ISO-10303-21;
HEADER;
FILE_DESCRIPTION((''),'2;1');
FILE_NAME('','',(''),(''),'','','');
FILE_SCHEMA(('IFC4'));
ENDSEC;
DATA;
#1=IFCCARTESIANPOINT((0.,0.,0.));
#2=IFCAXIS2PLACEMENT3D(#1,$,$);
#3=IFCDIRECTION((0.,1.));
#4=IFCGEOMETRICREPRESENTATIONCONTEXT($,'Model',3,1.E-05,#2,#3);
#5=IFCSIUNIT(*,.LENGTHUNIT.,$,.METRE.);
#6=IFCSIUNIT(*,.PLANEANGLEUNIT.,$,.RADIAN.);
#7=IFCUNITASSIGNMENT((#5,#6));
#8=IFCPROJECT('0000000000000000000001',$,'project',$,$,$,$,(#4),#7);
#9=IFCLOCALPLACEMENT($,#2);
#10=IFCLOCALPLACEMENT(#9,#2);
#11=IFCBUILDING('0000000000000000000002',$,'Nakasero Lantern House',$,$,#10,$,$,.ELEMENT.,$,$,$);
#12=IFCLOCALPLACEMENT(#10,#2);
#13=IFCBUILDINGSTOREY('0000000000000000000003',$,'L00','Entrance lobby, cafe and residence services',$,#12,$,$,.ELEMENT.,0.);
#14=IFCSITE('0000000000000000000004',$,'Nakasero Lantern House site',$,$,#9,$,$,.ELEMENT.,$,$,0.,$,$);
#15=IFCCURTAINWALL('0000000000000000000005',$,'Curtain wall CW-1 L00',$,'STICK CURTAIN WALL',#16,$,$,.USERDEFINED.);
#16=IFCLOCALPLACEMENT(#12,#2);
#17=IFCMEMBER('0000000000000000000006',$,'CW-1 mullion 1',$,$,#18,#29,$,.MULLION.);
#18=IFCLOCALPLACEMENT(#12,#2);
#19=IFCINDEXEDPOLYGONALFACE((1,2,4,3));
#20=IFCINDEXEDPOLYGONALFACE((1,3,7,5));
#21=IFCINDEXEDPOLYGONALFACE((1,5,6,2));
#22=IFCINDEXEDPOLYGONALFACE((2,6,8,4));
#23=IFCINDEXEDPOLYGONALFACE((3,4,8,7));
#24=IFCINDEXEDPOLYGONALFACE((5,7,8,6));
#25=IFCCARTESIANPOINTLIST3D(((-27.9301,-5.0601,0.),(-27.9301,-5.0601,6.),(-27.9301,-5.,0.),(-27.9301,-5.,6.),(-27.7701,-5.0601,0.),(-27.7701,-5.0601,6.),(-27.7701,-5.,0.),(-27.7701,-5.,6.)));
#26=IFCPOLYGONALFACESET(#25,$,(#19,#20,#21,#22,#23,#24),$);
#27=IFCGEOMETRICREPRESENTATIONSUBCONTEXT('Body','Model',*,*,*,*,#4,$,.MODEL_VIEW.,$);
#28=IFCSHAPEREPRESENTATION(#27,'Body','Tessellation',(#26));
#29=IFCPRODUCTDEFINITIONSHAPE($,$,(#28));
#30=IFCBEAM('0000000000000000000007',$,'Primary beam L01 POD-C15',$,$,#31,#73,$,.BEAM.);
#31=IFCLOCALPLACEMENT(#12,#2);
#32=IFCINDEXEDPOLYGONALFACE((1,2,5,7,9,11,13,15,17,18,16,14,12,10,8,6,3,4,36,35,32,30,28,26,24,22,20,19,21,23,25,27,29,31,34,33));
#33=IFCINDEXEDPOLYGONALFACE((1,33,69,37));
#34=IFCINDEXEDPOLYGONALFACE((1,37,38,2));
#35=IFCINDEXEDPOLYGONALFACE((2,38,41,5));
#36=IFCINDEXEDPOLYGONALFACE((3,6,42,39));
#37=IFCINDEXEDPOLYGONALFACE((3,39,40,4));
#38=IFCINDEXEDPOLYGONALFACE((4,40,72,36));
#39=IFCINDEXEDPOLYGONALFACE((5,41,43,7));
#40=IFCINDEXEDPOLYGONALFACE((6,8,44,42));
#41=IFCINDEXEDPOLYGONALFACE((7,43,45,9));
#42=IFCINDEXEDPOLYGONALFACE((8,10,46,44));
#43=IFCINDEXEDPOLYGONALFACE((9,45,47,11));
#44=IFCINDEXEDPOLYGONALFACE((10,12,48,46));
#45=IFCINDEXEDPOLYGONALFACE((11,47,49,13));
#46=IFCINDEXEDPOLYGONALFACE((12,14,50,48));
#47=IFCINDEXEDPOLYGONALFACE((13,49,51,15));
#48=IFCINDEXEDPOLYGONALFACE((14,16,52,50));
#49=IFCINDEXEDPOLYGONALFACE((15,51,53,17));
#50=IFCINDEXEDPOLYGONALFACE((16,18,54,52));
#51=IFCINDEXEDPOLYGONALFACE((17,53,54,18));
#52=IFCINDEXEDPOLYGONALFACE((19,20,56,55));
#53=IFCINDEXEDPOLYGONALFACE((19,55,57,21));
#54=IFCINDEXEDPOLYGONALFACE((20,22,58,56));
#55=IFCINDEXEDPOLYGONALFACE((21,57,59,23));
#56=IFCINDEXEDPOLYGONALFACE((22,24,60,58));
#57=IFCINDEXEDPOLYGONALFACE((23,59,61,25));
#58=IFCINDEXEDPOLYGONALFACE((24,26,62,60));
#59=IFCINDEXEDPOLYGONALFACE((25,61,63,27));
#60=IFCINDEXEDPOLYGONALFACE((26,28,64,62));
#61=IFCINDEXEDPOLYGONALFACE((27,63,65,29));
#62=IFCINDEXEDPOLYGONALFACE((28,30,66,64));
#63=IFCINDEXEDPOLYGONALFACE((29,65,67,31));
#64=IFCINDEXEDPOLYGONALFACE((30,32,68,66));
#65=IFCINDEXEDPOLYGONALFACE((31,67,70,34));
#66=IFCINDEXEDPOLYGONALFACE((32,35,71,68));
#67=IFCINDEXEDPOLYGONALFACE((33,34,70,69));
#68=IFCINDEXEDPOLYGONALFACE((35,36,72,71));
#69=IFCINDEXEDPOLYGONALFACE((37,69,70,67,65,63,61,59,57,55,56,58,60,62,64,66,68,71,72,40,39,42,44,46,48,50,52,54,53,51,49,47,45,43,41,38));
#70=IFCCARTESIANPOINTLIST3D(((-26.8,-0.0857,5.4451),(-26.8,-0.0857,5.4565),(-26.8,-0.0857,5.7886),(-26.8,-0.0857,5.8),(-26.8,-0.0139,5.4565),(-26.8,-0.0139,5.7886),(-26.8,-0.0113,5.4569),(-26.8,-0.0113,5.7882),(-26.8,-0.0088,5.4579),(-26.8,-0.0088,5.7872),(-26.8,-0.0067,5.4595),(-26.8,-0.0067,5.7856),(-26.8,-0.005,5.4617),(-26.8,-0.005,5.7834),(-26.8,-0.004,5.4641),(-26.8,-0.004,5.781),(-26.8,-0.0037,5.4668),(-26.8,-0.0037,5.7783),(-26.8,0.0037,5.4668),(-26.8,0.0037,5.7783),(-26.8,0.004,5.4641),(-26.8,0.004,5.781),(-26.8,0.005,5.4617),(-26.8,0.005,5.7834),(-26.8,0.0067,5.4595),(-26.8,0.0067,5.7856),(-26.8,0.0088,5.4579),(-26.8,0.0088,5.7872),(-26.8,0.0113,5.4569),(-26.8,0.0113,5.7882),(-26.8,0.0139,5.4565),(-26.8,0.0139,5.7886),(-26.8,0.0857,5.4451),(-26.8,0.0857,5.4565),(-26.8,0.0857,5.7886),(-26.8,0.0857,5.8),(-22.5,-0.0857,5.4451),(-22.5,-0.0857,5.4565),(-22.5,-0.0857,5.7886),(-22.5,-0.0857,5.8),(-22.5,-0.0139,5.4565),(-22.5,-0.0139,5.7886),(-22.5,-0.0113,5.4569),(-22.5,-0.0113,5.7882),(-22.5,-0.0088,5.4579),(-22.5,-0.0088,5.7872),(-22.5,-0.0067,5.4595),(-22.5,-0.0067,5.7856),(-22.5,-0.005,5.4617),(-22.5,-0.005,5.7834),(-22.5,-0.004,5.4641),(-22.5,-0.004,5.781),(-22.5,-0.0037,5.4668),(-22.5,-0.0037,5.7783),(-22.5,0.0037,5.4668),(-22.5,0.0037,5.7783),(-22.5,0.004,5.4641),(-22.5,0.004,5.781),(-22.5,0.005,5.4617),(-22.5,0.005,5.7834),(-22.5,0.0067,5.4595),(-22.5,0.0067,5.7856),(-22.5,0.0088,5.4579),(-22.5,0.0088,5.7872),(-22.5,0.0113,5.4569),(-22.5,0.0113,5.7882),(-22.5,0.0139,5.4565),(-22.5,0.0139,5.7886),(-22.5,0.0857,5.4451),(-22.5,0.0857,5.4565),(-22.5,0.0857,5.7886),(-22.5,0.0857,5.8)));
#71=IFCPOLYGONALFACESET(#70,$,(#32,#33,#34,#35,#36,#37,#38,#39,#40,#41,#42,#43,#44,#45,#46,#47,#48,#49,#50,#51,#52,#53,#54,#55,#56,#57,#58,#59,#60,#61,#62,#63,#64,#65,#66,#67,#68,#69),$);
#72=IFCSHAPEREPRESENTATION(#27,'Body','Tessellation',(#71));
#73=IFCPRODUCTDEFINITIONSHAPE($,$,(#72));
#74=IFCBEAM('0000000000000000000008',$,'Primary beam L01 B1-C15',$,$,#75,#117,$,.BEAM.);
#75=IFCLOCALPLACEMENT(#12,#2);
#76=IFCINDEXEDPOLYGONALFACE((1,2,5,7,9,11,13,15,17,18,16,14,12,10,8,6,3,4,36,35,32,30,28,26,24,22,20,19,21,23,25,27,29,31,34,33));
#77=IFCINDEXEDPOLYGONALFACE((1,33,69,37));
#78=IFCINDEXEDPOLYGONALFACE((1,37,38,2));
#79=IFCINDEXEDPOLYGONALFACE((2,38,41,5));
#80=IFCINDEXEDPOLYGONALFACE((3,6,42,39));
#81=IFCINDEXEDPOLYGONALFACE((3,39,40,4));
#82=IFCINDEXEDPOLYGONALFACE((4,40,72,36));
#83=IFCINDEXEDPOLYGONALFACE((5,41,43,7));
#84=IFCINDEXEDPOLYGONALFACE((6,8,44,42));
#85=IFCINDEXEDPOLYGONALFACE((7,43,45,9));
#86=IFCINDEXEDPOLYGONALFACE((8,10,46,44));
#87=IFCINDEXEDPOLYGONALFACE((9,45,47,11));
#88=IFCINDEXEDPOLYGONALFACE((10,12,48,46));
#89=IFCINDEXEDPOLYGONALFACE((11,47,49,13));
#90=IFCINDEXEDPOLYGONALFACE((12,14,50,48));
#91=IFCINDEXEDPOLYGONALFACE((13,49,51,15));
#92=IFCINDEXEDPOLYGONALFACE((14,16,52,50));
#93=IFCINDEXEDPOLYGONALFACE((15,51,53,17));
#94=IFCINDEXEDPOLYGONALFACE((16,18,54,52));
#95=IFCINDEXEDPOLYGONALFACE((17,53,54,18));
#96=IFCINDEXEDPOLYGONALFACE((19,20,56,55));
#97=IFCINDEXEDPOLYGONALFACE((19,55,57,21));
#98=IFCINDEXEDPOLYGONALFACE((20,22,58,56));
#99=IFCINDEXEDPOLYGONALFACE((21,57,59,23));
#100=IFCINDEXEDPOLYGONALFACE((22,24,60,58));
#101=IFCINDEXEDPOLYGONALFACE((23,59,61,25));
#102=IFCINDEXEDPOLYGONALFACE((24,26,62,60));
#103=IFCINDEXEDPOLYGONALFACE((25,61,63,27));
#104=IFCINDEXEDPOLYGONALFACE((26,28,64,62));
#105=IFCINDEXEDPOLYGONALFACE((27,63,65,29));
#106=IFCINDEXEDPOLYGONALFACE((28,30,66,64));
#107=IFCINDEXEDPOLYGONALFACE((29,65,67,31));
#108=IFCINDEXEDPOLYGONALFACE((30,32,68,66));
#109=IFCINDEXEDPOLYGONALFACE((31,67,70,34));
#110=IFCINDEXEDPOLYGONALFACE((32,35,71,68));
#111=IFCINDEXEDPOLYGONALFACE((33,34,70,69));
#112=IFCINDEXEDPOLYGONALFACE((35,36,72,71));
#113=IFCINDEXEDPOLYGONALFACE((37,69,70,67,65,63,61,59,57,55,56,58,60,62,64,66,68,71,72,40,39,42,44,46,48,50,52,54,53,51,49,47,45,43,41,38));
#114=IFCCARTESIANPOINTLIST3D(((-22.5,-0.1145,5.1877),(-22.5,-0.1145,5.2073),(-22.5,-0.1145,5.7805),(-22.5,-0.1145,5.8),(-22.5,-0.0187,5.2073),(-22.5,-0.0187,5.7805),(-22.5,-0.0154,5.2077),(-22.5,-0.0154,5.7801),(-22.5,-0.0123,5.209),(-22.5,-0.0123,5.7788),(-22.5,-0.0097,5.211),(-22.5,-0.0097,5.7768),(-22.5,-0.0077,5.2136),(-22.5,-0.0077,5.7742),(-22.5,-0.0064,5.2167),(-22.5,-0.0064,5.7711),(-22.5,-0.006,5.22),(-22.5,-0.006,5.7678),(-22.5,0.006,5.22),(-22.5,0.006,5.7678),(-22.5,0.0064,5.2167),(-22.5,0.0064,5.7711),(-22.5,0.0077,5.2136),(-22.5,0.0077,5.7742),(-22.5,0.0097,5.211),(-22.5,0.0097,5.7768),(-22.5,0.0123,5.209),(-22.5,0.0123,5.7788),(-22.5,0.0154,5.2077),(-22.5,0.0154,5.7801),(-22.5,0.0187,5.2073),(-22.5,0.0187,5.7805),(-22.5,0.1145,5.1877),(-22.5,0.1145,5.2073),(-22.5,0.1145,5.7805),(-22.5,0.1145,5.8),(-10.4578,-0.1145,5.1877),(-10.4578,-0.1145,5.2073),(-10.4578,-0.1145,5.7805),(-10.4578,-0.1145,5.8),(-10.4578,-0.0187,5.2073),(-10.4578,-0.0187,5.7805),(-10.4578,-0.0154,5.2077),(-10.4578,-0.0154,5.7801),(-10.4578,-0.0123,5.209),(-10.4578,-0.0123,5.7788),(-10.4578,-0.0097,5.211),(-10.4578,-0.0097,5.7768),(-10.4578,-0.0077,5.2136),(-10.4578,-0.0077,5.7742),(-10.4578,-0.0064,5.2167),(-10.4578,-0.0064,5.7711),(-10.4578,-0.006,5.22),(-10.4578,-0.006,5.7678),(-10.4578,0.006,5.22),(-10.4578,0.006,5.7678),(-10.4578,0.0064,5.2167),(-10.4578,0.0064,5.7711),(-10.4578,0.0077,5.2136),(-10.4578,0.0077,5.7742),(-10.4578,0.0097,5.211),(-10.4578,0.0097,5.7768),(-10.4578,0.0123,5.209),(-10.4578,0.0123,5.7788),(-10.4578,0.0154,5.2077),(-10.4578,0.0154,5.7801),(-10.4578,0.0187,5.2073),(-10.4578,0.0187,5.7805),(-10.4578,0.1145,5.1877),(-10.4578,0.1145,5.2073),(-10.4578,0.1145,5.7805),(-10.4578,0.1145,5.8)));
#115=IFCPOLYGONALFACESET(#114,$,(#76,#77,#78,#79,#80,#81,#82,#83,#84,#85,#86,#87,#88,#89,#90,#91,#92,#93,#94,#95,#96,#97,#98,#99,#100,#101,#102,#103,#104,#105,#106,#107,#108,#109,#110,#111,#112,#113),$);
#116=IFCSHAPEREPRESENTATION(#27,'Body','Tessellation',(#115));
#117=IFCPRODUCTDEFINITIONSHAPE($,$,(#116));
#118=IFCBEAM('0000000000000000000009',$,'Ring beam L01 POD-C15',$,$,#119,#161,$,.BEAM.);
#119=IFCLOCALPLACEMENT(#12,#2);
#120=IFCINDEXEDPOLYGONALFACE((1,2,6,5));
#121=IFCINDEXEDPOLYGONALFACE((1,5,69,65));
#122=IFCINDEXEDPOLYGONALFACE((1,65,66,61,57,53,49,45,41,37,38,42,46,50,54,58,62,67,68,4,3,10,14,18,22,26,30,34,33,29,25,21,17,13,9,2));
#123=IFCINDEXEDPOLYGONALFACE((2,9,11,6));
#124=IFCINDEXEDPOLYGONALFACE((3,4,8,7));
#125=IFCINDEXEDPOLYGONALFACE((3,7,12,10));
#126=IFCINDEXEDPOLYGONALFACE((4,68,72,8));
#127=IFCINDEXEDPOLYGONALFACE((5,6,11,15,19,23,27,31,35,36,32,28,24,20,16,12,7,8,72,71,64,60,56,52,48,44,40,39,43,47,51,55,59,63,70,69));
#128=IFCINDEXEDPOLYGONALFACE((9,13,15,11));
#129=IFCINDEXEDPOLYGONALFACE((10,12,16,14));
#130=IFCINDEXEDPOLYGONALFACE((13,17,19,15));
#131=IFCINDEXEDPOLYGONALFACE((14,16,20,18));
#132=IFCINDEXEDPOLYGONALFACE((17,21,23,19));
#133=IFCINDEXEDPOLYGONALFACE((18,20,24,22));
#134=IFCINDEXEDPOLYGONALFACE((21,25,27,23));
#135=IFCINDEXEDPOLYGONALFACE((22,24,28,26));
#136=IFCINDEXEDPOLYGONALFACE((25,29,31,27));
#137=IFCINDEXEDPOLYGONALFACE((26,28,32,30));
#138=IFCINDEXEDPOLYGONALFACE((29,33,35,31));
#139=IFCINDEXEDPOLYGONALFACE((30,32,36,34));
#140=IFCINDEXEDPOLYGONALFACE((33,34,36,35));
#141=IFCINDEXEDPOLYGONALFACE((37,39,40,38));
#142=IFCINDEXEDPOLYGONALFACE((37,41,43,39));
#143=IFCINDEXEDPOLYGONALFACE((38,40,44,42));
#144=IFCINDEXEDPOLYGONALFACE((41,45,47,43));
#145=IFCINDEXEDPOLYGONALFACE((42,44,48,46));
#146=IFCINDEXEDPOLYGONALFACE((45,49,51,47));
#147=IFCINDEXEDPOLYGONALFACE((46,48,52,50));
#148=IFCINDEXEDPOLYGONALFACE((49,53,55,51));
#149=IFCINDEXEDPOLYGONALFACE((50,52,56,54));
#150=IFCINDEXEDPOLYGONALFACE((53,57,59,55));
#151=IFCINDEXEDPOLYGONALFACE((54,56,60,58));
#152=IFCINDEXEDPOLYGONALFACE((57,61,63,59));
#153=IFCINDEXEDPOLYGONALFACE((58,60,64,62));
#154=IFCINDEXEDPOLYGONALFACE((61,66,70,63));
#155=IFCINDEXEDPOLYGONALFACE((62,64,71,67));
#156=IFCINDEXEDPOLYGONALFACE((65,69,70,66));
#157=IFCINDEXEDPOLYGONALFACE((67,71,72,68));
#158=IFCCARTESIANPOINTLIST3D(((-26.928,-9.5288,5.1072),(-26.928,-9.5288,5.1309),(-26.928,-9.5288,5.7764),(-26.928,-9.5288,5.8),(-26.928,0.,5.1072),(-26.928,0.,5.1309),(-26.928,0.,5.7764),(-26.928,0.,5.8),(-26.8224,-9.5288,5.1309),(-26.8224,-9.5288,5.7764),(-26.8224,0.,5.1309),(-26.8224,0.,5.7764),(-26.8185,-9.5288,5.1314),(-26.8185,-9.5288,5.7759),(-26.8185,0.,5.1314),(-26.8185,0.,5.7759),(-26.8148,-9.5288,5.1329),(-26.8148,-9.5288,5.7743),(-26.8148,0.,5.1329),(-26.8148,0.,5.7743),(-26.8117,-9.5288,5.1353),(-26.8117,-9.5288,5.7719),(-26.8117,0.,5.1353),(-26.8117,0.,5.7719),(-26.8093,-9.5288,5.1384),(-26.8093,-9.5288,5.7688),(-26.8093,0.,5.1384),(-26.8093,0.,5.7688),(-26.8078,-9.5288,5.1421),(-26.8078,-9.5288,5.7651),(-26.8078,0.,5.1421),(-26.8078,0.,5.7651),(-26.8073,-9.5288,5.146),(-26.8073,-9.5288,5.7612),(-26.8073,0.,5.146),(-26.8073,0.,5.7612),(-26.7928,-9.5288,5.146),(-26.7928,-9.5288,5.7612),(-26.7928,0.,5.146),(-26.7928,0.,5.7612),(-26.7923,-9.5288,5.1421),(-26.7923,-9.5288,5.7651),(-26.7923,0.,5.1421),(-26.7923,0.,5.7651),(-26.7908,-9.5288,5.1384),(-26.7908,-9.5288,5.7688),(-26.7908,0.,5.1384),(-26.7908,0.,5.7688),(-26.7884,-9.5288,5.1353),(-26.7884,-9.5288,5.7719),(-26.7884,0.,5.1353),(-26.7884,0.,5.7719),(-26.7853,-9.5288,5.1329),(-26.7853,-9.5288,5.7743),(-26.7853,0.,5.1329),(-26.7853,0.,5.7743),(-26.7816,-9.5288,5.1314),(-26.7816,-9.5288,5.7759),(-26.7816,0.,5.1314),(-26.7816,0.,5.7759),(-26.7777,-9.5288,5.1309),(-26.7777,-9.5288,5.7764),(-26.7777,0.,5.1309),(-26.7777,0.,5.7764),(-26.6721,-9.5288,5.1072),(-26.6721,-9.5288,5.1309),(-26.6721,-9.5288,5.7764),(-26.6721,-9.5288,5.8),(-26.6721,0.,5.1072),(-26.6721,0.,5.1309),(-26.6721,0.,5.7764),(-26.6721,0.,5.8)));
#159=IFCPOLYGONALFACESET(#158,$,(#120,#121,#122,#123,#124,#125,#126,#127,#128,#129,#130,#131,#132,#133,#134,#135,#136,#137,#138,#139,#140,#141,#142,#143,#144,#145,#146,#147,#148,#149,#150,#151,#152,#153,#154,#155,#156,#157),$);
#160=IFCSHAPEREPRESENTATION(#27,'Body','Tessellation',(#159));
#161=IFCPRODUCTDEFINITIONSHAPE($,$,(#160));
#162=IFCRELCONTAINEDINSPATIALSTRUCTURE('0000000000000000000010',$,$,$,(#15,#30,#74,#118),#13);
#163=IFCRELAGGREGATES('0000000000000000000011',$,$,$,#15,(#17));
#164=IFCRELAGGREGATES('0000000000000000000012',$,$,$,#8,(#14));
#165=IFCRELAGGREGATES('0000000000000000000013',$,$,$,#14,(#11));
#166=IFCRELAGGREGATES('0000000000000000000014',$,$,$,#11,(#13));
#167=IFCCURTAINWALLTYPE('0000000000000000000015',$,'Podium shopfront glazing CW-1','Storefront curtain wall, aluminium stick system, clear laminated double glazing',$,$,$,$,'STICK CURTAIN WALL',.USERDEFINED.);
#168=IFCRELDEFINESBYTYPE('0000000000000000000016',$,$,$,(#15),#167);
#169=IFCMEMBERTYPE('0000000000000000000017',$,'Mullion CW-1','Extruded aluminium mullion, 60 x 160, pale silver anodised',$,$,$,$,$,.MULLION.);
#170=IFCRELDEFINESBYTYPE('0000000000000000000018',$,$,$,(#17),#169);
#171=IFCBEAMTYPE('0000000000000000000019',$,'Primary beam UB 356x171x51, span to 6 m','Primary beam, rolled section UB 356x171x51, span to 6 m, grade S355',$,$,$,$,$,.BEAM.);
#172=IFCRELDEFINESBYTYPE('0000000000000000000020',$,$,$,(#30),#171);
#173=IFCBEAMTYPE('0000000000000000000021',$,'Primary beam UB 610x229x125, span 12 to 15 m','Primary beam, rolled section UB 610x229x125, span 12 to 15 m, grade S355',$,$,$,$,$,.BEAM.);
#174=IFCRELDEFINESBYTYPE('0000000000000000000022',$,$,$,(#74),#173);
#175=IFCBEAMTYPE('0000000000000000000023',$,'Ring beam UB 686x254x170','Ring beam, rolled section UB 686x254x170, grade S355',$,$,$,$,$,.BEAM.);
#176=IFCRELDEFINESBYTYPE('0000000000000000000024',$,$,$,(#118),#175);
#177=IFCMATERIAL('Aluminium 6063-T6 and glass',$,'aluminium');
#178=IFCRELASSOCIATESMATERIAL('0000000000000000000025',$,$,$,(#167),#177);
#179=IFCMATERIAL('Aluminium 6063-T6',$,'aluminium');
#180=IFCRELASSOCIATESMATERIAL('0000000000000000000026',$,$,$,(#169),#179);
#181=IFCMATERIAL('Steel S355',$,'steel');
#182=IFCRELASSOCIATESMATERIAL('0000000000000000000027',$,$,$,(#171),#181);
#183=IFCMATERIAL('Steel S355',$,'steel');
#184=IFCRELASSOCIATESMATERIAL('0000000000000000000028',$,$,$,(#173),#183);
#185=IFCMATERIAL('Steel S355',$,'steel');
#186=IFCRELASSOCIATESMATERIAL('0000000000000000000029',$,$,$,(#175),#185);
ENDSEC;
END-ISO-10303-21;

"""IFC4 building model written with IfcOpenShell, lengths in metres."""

from ifc_helpers import new_model, si_unit, direction, frame, origin, origin_2d, place, context, subcontext, project, spatial, rectangle, i_section, extrude, material, material_profile, profile_set, type_object, element, aggregate, save


model = new_model("IFC4")

# Units and contexts
model_context = context("Model", 3, precision=1e-05, world=origin(), true_north=direction((0.0, 1.0)))
body_context = subcontext(model_context, "Body", "Model", "MODEL_VIEW")
ifc_project = project(units=[si_unit("LENGTHUNIT", "METRE"), si_unit("PLANEANGLEUNIT", "RADIAN")], contexts=[model_context])

# Site, building, storey
site_placement = place(None, origin())
site = spatial("IfcSite", under=ifc_project, at=site_placement, Name="Nakasero Lantern House site", CompositionType="ELEMENT", RefElevation=0.0)
building_placement = place(site_placement, origin())
building = spatial("IfcBuilding", under=site, at=building_placement, Name="Nakasero Lantern House", CompositionType="ELEMENT")
storey_placement = place(building_placement, origin())
storey = spatial("IfcBuildingStorey", under=building, at=storey_placement, Name="L00", Description="Entrance lobby, cafe and residence services", CompositionType="ELEMENT", Elevation=0.0)

# Shared definitions
ifc_material_1 = material(Name="Aluminium 6063-T6 and glass", Category="aluminium")
curtain_wall_type = type_object("IfcCurtainWallType", Name="Podium shopfront glazing CW-1", Description="Storefront curtain wall, aluminium stick system, clear laminated double glazing", ElementType="STICK CURTAIN WALL", PredefinedType="USERDEFINED", material=ifc_material_1)
ifc_material_2 = material(Name="Aluminium 6063-T6", Category="aluminium")
ifc_material_profile_1 = material_profile(ifc_material_2, rectangle(XDim=0.0601, YDim=0.1599, at=origin_2d()), Name="CW-1 mullion 60x160")
ifc_profile_set_1 = profile_set([ifc_material_profile_1], Name="Aluminium 6063-T6")
member_type_1 = type_object("IfcMemberType", Name="Mullion CW-1", Description="Extruded aluminium mullion, 60 x 160, pale silver anodised", PredefinedType="MULLION", material=ifc_profile_set_1)

# Curtain wall, member
curtain_wall_1_placement = place(storey_placement, origin())
curtain_wall_1 = element("IfcCurtainWall", 1, at=curtain_wall_1_placement, inside=storey, type_object=curtain_wall_type, Name="Curtain wall CW-1 L00", ObjectType="STICK CURTAIN WALL", PredefinedType="USERDEFINED")
member_1_placement = place(storey_placement, frame((-27.8501, -5.03, 0.0), z_axis=(0.0, 0.0, 1.0), x_axis=(0.0, -1.0, 0.0)))
member_1 = element("IfcMember", 2, at=member_1_placement, type_object=member_type_1, Name="CW-1 mullion 1", PredefinedType="MULLION", context=body_context, shape_type="SweptSolid", body=[
    extrude(rectangle(XDim=0.0601, YDim=0.1599, at=origin_2d()), origin(), (0.0, 0.0, 1.0), 6.0),
])

# Beams
ifc_material_3 = material(Name="Steel S355", Category="steel")
ifc_material_profile_2 = material_profile(ifc_material_3, i_section(OverallWidth=0.1714, OverallDepth=0.355, WebThickness=0.0073, FlangeThickness=0.0115, FilletRadius=0.0103, at=origin_2d()), Name="UB 356x171x51")
ifc_profile_set_2 = profile_set([ifc_material_profile_2], Name="Steel S355")
beam_type_1 = type_object("IfcBeamType", Name="Primary beam UB 356x171x51, span to 6 m", Description="Primary beam, rolled section UB 356x171x51, span to 6 m, grade S355", PredefinedType="BEAM", material=ifc_profile_set_2)
beam_1_placement = place(storey_placement, frame((-26.8, 0.0, 5.6226), z_axis=(1.0, 0.0, 0.0), x_axis=(0.0, 1.0, 0.0)))
element("IfcBeam", 3, at=beam_1_placement, inside=storey, type_object=beam_type_1, Name="Primary beam L01 POD-C15", PredefinedType="BEAM", context=body_context, shape_type="SweptSolid", body=[
    extrude(i_section(OverallWidth=0.1714, OverallDepth=0.355, WebThickness=0.0073, FlangeThickness=0.0115, FilletRadius=0.0103, at=origin_2d()), origin(), (0.0, 0.0, 1.0), 4.3),
])
ifc_material_4 = material(Name="Steel S355", Category="steel")
ifc_material_profile_3 = material_profile(ifc_material_4, i_section(OverallWidth=0.229, OverallDepth=0.6123, WebThickness=0.012, FlangeThickness=0.0195, FilletRadius=0.0127, at=origin_2d()), Name="UB 610x229x125")
ifc_profile_set_3 = profile_set([ifc_material_profile_3], Name="Steel S355")
beam_type_2 = type_object("IfcBeamType", Name="Primary beam UB 610x229x125, span 12 to 15 m", Description="Primary beam, rolled section UB 610x229x125, span 12 to 15 m, grade S355", PredefinedType="BEAM", material=ifc_profile_set_3)
beam_2_placement = place(storey_placement, frame((-22.5, 0.0, 5.4939), z_axis=(1.0, 0.0, 0.0), x_axis=(0.0, 1.0, 0.0)))
element("IfcBeam", 4, at=beam_2_placement, inside=storey, type_object=beam_type_2, Name="Primary beam L01 B1-C15", PredefinedType="BEAM", context=body_context, shape_type="SweptSolid", body=[
    extrude(i_section(OverallWidth=0.229, OverallDepth=0.6123, WebThickness=0.012, FlangeThickness=0.0195, FilletRadius=0.0127, at=origin_2d()), origin(), (0.0, 0.0, 1.0), 12.0422),
])
ifc_material_5 = material(Name="Steel S355", Category="steel")
ifc_material_profile_4 = material_profile(ifc_material_5, i_section(OverallWidth=0.2559, OverallDepth=0.6929, WebThickness=0.0144, FlangeThickness=0.0237, FilletRadius=0.0151, at=origin_2d()), Name="UB 686x254x170")
ifc_profile_set_4 = profile_set([ifc_material_profile_4], Name="Steel S355")
beam_type_3 = type_object("IfcBeamType", Name="Ring beam UB 686x254x170", Description="Ring beam, rolled section UB 686x254x170, grade S355", PredefinedType="BEAM", material=ifc_profile_set_4)
beam_3_placement = place(storey_placement, frame((-26.8, 0.0, 5.4536), z_axis=(0.0, -1.0, 0.0), x_axis=(1.0, 0.0, 0.0)))
element("IfcBeam", 5, at=beam_3_placement, inside=storey, type_object=beam_type_3, Name="Ring beam L01 POD-C15", PredefinedType="BEAM", context=body_context, shape_type="SweptSolid", body=[
    extrude(i_section(OverallWidth=0.2559, OverallDepth=0.6929, WebThickness=0.0144, FlangeThickness=0.0237, FilletRadius=0.0151, at=origin_2d()), origin(), (0.0, 0.0, 1.0), 9.5288),
])

aggregate(curtain_wall_1, [member_1])

save(model, "model.ifc")
